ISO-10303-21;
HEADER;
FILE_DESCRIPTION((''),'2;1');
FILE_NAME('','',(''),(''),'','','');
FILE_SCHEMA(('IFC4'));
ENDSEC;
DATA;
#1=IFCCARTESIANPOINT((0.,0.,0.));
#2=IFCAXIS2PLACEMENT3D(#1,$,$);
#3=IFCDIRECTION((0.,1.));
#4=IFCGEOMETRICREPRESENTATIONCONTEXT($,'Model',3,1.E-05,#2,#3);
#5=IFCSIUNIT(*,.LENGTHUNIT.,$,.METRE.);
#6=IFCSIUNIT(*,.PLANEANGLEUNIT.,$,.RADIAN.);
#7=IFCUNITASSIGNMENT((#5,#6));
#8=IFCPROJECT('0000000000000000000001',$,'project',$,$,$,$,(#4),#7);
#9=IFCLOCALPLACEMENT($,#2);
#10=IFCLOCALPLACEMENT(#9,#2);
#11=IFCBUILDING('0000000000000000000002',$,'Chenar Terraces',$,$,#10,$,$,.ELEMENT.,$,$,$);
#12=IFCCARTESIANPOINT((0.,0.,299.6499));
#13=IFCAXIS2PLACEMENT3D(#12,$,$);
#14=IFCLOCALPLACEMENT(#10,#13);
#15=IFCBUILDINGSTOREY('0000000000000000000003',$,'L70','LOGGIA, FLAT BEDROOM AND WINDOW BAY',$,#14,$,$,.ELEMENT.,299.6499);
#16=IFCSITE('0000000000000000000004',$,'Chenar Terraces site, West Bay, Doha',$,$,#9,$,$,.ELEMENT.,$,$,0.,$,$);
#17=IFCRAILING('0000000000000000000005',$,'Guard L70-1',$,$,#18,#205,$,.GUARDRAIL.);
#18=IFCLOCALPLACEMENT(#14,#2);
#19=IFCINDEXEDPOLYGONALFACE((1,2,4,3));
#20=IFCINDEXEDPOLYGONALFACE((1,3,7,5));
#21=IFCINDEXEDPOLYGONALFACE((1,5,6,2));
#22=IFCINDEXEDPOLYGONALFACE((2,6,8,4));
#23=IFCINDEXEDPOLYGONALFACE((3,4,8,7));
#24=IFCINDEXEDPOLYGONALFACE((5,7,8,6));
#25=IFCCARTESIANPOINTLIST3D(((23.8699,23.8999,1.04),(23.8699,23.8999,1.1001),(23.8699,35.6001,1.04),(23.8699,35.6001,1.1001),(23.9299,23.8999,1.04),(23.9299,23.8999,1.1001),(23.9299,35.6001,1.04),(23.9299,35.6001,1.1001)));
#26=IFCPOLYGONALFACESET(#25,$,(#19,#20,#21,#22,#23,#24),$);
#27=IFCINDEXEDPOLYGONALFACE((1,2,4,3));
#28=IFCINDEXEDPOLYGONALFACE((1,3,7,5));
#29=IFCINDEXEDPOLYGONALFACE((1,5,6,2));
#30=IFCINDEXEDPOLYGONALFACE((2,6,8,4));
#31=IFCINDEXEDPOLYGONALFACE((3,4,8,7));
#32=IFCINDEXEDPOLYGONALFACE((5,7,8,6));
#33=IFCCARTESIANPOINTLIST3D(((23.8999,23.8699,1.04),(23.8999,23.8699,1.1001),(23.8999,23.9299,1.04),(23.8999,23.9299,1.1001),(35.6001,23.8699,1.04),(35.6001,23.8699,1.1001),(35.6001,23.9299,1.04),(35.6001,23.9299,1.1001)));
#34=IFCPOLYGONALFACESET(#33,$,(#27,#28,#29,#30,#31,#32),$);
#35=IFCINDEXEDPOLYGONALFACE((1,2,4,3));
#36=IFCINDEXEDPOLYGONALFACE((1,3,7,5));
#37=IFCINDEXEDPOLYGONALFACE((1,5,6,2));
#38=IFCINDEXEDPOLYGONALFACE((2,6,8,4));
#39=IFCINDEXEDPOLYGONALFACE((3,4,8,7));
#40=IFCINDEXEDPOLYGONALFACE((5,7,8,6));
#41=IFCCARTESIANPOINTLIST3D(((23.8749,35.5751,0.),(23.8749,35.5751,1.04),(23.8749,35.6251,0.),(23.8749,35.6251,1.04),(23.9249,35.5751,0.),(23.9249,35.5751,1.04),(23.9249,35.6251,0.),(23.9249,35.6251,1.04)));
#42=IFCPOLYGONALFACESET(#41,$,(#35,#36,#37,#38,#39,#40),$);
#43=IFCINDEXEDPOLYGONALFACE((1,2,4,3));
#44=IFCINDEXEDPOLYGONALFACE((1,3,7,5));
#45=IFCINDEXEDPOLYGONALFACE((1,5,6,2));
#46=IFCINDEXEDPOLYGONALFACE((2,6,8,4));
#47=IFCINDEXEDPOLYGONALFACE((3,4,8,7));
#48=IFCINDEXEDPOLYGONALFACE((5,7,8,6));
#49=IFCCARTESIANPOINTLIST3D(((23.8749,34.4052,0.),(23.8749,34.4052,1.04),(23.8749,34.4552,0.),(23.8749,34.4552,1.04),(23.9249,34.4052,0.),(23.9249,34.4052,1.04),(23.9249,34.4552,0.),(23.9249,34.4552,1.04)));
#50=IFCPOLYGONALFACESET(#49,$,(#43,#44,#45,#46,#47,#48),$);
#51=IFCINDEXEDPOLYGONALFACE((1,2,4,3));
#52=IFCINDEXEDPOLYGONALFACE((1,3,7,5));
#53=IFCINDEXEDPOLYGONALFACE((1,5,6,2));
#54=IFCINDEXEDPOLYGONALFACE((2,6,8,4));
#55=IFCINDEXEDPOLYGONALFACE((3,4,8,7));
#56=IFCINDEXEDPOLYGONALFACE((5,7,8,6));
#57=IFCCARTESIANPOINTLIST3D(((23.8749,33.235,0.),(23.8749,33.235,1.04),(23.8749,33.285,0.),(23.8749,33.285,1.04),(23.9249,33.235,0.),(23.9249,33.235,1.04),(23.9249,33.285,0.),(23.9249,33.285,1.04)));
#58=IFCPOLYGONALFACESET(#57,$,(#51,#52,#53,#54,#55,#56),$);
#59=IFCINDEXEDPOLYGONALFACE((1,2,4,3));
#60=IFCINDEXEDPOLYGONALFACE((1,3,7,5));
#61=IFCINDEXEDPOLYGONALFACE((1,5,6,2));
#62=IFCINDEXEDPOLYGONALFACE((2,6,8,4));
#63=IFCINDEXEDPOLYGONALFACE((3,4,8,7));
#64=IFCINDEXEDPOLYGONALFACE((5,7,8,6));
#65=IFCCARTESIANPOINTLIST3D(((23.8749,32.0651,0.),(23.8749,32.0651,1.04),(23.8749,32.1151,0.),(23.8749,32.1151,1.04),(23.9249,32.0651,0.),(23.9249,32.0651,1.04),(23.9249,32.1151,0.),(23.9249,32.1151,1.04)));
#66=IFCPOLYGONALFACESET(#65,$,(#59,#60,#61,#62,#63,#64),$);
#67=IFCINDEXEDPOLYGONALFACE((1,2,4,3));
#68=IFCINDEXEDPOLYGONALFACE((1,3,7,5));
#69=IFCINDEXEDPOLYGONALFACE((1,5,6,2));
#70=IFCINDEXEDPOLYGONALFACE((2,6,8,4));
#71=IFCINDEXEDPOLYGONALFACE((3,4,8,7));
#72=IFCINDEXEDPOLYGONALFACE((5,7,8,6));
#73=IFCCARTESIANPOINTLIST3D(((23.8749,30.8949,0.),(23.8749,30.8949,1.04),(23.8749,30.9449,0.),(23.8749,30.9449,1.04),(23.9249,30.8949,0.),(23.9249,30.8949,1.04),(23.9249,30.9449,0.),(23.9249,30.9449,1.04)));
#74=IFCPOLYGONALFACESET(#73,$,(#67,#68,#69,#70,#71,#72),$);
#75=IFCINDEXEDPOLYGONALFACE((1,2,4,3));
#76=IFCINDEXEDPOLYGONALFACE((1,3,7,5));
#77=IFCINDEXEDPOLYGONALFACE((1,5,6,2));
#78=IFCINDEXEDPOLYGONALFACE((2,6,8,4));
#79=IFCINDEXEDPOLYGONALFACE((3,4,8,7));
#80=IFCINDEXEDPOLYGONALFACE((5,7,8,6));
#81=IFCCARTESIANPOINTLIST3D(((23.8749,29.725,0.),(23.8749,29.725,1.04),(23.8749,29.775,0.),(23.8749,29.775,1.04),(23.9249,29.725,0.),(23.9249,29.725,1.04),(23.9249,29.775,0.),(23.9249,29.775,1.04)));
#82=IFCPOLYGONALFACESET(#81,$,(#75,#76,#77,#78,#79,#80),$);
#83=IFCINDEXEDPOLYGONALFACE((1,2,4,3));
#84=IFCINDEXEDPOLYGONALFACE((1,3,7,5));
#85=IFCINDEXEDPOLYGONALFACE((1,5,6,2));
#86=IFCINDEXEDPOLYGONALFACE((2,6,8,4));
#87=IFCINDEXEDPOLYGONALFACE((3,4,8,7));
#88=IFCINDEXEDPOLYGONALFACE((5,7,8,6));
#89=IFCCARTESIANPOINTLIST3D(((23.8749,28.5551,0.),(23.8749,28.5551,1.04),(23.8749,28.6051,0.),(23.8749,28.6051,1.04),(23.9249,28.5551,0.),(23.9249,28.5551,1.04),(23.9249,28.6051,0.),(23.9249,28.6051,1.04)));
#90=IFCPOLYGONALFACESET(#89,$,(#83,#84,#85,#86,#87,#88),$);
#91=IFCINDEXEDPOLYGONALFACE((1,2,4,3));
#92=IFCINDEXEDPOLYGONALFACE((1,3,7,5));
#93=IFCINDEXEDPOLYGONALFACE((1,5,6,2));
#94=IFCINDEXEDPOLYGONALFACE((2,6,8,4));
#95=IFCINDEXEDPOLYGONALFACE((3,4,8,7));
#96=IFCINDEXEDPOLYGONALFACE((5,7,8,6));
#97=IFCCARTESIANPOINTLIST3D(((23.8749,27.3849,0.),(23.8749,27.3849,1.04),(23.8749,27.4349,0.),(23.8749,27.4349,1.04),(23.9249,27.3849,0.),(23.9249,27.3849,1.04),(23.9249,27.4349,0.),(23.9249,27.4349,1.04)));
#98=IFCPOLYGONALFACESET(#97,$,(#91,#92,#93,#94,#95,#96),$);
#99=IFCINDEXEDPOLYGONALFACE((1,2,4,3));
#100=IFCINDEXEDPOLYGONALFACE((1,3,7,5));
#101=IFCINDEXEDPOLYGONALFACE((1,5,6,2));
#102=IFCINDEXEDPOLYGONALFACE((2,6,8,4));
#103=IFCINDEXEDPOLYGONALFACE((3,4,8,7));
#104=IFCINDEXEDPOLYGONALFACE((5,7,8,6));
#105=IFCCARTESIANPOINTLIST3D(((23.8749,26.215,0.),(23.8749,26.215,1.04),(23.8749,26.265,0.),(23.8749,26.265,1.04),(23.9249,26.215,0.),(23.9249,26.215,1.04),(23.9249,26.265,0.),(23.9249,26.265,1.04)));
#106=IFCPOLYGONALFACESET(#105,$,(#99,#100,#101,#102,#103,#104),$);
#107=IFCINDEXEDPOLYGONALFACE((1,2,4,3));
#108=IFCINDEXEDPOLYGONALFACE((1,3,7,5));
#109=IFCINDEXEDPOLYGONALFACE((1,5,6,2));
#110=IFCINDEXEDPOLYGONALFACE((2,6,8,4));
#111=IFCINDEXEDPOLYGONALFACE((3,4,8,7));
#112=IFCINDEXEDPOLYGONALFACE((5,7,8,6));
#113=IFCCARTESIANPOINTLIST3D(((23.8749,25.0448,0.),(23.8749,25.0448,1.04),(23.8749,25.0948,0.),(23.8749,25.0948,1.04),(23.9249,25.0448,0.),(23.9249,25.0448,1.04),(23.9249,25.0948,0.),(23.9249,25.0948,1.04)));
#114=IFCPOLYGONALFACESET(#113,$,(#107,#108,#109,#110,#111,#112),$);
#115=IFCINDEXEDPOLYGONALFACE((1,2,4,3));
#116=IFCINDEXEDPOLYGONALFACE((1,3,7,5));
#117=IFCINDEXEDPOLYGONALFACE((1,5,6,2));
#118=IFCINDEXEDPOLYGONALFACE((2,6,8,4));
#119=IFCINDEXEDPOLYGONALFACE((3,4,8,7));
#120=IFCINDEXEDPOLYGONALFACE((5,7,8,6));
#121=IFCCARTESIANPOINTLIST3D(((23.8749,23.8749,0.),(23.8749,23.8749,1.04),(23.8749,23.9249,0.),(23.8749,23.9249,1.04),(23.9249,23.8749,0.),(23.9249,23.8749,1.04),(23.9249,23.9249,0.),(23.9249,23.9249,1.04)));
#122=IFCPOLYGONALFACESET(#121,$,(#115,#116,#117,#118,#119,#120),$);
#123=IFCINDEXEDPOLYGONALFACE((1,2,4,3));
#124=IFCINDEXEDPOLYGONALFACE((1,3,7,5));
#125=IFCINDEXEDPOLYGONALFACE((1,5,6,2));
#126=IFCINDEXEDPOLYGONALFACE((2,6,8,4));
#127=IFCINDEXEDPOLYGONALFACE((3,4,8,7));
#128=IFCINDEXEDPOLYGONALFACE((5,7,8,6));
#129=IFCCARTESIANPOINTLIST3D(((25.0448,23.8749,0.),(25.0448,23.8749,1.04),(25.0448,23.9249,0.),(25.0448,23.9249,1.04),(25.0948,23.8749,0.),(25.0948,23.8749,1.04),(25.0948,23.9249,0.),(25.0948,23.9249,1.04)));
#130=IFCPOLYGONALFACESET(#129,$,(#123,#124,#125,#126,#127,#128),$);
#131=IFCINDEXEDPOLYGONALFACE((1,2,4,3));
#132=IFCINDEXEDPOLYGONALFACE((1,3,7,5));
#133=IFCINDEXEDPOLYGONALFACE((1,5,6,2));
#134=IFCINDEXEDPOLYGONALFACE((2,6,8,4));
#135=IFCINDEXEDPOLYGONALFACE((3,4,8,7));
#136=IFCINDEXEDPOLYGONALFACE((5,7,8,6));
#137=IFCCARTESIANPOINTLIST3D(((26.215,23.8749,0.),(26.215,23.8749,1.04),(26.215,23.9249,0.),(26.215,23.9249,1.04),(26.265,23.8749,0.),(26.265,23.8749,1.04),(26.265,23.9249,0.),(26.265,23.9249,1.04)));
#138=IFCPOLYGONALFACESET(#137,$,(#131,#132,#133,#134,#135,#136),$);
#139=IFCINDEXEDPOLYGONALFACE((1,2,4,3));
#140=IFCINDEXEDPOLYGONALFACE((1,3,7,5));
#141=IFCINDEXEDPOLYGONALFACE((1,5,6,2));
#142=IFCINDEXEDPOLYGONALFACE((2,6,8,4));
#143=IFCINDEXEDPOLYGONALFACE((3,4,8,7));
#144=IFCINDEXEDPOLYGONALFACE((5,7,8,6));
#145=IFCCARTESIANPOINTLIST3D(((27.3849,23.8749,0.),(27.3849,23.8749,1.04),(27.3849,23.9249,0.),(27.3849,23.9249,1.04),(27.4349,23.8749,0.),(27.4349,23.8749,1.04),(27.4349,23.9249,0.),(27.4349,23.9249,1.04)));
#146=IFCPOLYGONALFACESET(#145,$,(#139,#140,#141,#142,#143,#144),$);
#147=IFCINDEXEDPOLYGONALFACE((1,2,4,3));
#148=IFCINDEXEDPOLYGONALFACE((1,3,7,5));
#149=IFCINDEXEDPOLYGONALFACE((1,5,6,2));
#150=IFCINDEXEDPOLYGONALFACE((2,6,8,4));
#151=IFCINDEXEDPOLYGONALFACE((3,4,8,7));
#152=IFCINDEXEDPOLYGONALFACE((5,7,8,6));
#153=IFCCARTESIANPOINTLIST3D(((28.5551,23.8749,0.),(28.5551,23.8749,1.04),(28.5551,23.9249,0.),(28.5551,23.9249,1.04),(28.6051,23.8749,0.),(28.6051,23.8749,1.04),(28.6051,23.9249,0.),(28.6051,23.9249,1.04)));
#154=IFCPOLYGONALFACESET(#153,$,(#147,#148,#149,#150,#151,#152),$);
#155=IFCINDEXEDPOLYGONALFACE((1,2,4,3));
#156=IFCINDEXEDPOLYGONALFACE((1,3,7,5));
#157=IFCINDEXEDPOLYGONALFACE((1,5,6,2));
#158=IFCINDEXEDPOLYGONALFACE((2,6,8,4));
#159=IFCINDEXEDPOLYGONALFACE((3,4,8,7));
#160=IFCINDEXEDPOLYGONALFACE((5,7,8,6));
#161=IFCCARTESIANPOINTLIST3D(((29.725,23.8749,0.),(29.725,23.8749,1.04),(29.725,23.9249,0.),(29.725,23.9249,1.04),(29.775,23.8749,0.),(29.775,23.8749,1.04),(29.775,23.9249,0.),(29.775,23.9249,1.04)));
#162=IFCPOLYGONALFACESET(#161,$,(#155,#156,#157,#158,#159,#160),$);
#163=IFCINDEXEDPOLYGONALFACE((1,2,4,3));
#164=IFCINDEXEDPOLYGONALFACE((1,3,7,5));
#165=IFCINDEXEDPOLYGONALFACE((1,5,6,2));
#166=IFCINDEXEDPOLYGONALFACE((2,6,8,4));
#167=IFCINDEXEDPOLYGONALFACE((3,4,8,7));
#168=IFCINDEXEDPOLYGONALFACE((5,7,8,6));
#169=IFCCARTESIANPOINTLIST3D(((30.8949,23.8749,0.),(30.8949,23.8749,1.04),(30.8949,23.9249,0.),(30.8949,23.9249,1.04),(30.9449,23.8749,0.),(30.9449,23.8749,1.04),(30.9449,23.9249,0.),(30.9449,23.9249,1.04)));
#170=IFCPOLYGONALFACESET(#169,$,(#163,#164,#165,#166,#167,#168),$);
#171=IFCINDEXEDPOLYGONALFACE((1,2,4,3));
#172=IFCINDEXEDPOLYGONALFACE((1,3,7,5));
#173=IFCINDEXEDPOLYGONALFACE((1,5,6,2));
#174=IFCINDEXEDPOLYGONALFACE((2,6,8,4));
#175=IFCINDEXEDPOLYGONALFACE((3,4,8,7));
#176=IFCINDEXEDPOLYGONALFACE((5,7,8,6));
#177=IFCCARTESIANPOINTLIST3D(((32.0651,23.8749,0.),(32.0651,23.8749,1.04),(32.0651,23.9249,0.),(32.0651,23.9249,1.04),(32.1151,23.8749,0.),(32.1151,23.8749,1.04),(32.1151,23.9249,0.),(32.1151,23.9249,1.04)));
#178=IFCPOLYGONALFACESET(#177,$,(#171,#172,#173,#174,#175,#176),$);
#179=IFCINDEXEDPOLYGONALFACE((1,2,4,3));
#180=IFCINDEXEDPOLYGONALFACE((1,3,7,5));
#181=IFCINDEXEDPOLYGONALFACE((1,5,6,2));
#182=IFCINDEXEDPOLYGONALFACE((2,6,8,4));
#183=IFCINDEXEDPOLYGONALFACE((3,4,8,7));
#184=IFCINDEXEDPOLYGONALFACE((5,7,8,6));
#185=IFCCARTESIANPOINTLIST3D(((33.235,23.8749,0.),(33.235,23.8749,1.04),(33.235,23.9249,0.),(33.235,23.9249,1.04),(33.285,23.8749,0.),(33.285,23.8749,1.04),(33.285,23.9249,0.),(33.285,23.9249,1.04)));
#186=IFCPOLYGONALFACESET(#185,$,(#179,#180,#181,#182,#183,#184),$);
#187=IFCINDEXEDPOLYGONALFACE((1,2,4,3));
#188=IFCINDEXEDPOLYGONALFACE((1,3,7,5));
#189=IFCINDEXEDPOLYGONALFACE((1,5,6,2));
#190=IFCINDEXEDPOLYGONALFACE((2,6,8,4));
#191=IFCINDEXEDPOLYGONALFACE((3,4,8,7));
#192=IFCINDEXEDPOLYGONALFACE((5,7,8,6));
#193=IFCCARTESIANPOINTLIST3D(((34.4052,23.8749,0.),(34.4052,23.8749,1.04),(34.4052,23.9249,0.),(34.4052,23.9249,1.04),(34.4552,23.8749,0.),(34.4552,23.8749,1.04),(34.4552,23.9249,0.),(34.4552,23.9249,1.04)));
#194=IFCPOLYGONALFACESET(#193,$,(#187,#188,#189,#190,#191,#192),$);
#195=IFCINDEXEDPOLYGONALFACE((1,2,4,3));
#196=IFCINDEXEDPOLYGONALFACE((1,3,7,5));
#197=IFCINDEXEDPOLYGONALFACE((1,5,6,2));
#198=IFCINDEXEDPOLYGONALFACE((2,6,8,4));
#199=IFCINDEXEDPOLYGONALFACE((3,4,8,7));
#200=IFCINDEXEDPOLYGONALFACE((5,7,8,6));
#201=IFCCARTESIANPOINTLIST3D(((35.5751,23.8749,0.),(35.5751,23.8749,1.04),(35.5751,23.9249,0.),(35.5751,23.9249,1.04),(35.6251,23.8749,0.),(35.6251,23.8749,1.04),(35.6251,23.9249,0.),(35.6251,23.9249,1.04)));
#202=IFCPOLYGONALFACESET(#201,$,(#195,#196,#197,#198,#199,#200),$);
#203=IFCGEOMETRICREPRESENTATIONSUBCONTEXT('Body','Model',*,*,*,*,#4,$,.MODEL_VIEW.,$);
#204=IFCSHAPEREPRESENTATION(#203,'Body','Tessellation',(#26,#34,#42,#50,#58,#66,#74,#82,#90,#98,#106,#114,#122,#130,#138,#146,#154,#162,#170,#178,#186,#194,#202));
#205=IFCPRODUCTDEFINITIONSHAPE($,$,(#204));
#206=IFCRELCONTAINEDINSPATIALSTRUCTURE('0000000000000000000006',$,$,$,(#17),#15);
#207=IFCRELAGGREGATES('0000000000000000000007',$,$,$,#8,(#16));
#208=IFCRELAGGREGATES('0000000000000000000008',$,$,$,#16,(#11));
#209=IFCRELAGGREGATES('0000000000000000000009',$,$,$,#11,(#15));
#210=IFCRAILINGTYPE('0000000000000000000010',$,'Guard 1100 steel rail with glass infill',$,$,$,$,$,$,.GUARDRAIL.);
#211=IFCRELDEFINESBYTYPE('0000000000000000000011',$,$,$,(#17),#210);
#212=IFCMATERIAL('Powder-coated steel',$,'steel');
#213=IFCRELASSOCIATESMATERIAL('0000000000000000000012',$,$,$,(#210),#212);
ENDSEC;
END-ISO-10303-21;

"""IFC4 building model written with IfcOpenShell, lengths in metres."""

from ifc_helpers import new_model, si_unit, direction, frame, origin, origin_2d, place, context, subcontext, project, spatial, rectangle, extrude, material, type_object, element, save


model = new_model("IFC4")

# Units and contexts
model_context = context("Model", 3, precision=1e-05, world=origin(), true_north=direction((0.0, 1.0)))
body_context = subcontext(model_context, "Body", "Model", "MODEL_VIEW")
ifc_project = project(units=[si_unit("LENGTHUNIT", "METRE"), si_unit("PLANEANGLEUNIT", "RADIAN")], contexts=[model_context])

# Site, building, storey
site_placement = place(None, origin())
site = spatial("IfcSite", under=ifc_project, at=site_placement, Name="Chenar Terraces site, West Bay, Doha", CompositionType="ELEMENT", RefElevation=0.0)
building_placement = place(site_placement, origin())
building = spatial("IfcBuilding", under=site, at=building_placement, Name="Chenar Terraces", CompositionType="ELEMENT")
storey_placement = place(building_placement, frame((0.0, 0.0, 299.6499)))
storey = spatial("IfcBuildingStorey", under=building, at=storey_placement, Name="L70", Description="LOGGIA, FLAT BEDROOM AND WINDOW BAY", CompositionType="ELEMENT", Elevation=299.6499)

# Railing
ifc_material_1 = material(Name="Powder-coated steel", Category="steel")
railing_type = type_object("IfcRailingType", Name="Guard 1100 steel rail with glass infill", PredefinedType="GUARDRAIL", material=ifc_material_1)
railing_placement = place(storey_placement, frame((23.8999, 35.6001, 0.0)))
element("IfcRailing", 1, at=railing_placement, inside=storey, type_object=railing_type, Name="Guard L70-1", PredefinedType="GUARDRAIL", context=body_context, shape_type="SweptSolid", body=[
    extrude(rectangle(XDim=0.0601, YDim=0.0601, at=origin_2d()), frame((0.0, 0.0, 1.0701), z_axis=(0.0, -1.0, 0.0), x_axis=(1.0, 0.0, 0.0)), (0.0, 0.0, 1.0), 11.7002),
    extrude(rectangle(XDim=0.0601, YDim=0.0601, at=origin_2d()), frame((0.0, -11.7002, 1.0701), z_axis=(1.0, 0.0, 0.0), x_axis=(0.0, 1.0, 0.0)), (0.0, 0.0, 1.0), 11.7002),
    extrude(rectangle(XDim=0.05, YDim=0.05, at=origin_2d()), origin(), (0.0, 0.0, 1.0), 1.04),
    extrude(rectangle(XDim=0.05, YDim=0.05, at=origin_2d()), frame((0.0, -1.1699, 0.0)), (0.0, 0.0, 1.0), 1.04),
    extrude(rectangle(XDim=0.05, YDim=0.05, at=origin_2d()), frame((0.0, -2.3401, 0.0)), (0.0, 0.0, 1.0), 1.04),
    extrude(rectangle(XDim=0.05, YDim=0.05, at=origin_2d()), frame((0.0, -3.51, 0.0)), (0.0, 0.0, 1.0), 1.04),
    extrude(rectangle(XDim=0.05, YDim=0.05, at=origin_2d()), frame((0.0, -4.6802, 0.0)), (0.0, 0.0, 1.0), 1.04),
    extrude(rectangle(XDim=0.05, YDim=0.05, at=origin_2d()), frame((0.0, -5.8501, 0.0)), (0.0, 0.0, 1.0), 1.04),
    extrude(rectangle(XDim=0.05, YDim=0.05, at=origin_2d()), frame((0.0, -7.02, 0.0)), (0.0, 0.0, 1.0), 1.04),
    extrude(rectangle(XDim=0.05, YDim=0.05, at=origin_2d()), frame((0.0, -8.1902, 0.0)), (0.0, 0.0, 1.0), 1.04),
    extrude(rectangle(XDim=0.05, YDim=0.05, at=origin_2d()), frame((0.0, -9.3601, 0.0)), (0.0, 0.0, 1.0), 1.04),
    extrude(rectangle(XDim=0.05, YDim=0.05, at=origin_2d()), frame((0.0, -10.5303, 0.0)), (0.0, 0.0, 1.0), 1.04),
    extrude(rectangle(XDim=0.05, YDim=0.05, at=origin_2d()), frame((0.0, -11.7002, 0.0)), (0.0, 0.0, 1.0), 1.04),
    extrude(rectangle(XDim=0.05, YDim=0.05, at=origin_2d()), frame((1.1699, -11.7002, 0.0)), (0.0, 0.0, 1.0), 1.04),
    extrude(rectangle(XDim=0.05, YDim=0.05, at=origin_2d()), frame((2.3401, -11.7002, 0.0)), (0.0, 0.0, 1.0), 1.04),
    extrude(rectangle(XDim=0.05, YDim=0.05, at=origin_2d()), frame((3.51, -11.7002, 0.0)), (0.0, 0.0, 1.0), 1.04),
    extrude(rectangle(XDim=0.05, YDim=0.05, at=origin_2d()), frame((4.6802, -11.7002, 0.0)), (0.0, 0.0, 1.0), 1.04),
    extrude(rectangle(XDim=0.05, YDim=0.05, at=origin_2d()), frame((5.8501, -11.7002, 0.0)), (0.0, 0.0, 1.0), 1.04),
    extrude(rectangle(XDim=0.05, YDim=0.05, at=origin_2d()), frame((7.02, -11.7002, 0.0)), (0.0, 0.0, 1.0), 1.04),
    extrude(rectangle(XDim=0.05, YDim=0.05, at=origin_2d()), frame((8.1902, -11.7002, 0.0)), (0.0, 0.0, 1.0), 1.04),
    extrude(rectangle(XDim=0.05, YDim=0.05, at=origin_2d()), frame((9.3601, -11.7002, 0.0)), (0.0, 0.0, 1.0), 1.04),
    extrude(rectangle(XDim=0.05, YDim=0.05, at=origin_2d()), frame((10.5303, -11.7002, 0.0)), (0.0, 0.0, 1.0), 1.04),
    extrude(rectangle(XDim=0.05, YDim=0.05, at=origin_2d()), frame((11.7002, -11.7002, 0.0)), (0.0, 0.0, 1.0), 1.04),
])

save(model, "model.ifc")
